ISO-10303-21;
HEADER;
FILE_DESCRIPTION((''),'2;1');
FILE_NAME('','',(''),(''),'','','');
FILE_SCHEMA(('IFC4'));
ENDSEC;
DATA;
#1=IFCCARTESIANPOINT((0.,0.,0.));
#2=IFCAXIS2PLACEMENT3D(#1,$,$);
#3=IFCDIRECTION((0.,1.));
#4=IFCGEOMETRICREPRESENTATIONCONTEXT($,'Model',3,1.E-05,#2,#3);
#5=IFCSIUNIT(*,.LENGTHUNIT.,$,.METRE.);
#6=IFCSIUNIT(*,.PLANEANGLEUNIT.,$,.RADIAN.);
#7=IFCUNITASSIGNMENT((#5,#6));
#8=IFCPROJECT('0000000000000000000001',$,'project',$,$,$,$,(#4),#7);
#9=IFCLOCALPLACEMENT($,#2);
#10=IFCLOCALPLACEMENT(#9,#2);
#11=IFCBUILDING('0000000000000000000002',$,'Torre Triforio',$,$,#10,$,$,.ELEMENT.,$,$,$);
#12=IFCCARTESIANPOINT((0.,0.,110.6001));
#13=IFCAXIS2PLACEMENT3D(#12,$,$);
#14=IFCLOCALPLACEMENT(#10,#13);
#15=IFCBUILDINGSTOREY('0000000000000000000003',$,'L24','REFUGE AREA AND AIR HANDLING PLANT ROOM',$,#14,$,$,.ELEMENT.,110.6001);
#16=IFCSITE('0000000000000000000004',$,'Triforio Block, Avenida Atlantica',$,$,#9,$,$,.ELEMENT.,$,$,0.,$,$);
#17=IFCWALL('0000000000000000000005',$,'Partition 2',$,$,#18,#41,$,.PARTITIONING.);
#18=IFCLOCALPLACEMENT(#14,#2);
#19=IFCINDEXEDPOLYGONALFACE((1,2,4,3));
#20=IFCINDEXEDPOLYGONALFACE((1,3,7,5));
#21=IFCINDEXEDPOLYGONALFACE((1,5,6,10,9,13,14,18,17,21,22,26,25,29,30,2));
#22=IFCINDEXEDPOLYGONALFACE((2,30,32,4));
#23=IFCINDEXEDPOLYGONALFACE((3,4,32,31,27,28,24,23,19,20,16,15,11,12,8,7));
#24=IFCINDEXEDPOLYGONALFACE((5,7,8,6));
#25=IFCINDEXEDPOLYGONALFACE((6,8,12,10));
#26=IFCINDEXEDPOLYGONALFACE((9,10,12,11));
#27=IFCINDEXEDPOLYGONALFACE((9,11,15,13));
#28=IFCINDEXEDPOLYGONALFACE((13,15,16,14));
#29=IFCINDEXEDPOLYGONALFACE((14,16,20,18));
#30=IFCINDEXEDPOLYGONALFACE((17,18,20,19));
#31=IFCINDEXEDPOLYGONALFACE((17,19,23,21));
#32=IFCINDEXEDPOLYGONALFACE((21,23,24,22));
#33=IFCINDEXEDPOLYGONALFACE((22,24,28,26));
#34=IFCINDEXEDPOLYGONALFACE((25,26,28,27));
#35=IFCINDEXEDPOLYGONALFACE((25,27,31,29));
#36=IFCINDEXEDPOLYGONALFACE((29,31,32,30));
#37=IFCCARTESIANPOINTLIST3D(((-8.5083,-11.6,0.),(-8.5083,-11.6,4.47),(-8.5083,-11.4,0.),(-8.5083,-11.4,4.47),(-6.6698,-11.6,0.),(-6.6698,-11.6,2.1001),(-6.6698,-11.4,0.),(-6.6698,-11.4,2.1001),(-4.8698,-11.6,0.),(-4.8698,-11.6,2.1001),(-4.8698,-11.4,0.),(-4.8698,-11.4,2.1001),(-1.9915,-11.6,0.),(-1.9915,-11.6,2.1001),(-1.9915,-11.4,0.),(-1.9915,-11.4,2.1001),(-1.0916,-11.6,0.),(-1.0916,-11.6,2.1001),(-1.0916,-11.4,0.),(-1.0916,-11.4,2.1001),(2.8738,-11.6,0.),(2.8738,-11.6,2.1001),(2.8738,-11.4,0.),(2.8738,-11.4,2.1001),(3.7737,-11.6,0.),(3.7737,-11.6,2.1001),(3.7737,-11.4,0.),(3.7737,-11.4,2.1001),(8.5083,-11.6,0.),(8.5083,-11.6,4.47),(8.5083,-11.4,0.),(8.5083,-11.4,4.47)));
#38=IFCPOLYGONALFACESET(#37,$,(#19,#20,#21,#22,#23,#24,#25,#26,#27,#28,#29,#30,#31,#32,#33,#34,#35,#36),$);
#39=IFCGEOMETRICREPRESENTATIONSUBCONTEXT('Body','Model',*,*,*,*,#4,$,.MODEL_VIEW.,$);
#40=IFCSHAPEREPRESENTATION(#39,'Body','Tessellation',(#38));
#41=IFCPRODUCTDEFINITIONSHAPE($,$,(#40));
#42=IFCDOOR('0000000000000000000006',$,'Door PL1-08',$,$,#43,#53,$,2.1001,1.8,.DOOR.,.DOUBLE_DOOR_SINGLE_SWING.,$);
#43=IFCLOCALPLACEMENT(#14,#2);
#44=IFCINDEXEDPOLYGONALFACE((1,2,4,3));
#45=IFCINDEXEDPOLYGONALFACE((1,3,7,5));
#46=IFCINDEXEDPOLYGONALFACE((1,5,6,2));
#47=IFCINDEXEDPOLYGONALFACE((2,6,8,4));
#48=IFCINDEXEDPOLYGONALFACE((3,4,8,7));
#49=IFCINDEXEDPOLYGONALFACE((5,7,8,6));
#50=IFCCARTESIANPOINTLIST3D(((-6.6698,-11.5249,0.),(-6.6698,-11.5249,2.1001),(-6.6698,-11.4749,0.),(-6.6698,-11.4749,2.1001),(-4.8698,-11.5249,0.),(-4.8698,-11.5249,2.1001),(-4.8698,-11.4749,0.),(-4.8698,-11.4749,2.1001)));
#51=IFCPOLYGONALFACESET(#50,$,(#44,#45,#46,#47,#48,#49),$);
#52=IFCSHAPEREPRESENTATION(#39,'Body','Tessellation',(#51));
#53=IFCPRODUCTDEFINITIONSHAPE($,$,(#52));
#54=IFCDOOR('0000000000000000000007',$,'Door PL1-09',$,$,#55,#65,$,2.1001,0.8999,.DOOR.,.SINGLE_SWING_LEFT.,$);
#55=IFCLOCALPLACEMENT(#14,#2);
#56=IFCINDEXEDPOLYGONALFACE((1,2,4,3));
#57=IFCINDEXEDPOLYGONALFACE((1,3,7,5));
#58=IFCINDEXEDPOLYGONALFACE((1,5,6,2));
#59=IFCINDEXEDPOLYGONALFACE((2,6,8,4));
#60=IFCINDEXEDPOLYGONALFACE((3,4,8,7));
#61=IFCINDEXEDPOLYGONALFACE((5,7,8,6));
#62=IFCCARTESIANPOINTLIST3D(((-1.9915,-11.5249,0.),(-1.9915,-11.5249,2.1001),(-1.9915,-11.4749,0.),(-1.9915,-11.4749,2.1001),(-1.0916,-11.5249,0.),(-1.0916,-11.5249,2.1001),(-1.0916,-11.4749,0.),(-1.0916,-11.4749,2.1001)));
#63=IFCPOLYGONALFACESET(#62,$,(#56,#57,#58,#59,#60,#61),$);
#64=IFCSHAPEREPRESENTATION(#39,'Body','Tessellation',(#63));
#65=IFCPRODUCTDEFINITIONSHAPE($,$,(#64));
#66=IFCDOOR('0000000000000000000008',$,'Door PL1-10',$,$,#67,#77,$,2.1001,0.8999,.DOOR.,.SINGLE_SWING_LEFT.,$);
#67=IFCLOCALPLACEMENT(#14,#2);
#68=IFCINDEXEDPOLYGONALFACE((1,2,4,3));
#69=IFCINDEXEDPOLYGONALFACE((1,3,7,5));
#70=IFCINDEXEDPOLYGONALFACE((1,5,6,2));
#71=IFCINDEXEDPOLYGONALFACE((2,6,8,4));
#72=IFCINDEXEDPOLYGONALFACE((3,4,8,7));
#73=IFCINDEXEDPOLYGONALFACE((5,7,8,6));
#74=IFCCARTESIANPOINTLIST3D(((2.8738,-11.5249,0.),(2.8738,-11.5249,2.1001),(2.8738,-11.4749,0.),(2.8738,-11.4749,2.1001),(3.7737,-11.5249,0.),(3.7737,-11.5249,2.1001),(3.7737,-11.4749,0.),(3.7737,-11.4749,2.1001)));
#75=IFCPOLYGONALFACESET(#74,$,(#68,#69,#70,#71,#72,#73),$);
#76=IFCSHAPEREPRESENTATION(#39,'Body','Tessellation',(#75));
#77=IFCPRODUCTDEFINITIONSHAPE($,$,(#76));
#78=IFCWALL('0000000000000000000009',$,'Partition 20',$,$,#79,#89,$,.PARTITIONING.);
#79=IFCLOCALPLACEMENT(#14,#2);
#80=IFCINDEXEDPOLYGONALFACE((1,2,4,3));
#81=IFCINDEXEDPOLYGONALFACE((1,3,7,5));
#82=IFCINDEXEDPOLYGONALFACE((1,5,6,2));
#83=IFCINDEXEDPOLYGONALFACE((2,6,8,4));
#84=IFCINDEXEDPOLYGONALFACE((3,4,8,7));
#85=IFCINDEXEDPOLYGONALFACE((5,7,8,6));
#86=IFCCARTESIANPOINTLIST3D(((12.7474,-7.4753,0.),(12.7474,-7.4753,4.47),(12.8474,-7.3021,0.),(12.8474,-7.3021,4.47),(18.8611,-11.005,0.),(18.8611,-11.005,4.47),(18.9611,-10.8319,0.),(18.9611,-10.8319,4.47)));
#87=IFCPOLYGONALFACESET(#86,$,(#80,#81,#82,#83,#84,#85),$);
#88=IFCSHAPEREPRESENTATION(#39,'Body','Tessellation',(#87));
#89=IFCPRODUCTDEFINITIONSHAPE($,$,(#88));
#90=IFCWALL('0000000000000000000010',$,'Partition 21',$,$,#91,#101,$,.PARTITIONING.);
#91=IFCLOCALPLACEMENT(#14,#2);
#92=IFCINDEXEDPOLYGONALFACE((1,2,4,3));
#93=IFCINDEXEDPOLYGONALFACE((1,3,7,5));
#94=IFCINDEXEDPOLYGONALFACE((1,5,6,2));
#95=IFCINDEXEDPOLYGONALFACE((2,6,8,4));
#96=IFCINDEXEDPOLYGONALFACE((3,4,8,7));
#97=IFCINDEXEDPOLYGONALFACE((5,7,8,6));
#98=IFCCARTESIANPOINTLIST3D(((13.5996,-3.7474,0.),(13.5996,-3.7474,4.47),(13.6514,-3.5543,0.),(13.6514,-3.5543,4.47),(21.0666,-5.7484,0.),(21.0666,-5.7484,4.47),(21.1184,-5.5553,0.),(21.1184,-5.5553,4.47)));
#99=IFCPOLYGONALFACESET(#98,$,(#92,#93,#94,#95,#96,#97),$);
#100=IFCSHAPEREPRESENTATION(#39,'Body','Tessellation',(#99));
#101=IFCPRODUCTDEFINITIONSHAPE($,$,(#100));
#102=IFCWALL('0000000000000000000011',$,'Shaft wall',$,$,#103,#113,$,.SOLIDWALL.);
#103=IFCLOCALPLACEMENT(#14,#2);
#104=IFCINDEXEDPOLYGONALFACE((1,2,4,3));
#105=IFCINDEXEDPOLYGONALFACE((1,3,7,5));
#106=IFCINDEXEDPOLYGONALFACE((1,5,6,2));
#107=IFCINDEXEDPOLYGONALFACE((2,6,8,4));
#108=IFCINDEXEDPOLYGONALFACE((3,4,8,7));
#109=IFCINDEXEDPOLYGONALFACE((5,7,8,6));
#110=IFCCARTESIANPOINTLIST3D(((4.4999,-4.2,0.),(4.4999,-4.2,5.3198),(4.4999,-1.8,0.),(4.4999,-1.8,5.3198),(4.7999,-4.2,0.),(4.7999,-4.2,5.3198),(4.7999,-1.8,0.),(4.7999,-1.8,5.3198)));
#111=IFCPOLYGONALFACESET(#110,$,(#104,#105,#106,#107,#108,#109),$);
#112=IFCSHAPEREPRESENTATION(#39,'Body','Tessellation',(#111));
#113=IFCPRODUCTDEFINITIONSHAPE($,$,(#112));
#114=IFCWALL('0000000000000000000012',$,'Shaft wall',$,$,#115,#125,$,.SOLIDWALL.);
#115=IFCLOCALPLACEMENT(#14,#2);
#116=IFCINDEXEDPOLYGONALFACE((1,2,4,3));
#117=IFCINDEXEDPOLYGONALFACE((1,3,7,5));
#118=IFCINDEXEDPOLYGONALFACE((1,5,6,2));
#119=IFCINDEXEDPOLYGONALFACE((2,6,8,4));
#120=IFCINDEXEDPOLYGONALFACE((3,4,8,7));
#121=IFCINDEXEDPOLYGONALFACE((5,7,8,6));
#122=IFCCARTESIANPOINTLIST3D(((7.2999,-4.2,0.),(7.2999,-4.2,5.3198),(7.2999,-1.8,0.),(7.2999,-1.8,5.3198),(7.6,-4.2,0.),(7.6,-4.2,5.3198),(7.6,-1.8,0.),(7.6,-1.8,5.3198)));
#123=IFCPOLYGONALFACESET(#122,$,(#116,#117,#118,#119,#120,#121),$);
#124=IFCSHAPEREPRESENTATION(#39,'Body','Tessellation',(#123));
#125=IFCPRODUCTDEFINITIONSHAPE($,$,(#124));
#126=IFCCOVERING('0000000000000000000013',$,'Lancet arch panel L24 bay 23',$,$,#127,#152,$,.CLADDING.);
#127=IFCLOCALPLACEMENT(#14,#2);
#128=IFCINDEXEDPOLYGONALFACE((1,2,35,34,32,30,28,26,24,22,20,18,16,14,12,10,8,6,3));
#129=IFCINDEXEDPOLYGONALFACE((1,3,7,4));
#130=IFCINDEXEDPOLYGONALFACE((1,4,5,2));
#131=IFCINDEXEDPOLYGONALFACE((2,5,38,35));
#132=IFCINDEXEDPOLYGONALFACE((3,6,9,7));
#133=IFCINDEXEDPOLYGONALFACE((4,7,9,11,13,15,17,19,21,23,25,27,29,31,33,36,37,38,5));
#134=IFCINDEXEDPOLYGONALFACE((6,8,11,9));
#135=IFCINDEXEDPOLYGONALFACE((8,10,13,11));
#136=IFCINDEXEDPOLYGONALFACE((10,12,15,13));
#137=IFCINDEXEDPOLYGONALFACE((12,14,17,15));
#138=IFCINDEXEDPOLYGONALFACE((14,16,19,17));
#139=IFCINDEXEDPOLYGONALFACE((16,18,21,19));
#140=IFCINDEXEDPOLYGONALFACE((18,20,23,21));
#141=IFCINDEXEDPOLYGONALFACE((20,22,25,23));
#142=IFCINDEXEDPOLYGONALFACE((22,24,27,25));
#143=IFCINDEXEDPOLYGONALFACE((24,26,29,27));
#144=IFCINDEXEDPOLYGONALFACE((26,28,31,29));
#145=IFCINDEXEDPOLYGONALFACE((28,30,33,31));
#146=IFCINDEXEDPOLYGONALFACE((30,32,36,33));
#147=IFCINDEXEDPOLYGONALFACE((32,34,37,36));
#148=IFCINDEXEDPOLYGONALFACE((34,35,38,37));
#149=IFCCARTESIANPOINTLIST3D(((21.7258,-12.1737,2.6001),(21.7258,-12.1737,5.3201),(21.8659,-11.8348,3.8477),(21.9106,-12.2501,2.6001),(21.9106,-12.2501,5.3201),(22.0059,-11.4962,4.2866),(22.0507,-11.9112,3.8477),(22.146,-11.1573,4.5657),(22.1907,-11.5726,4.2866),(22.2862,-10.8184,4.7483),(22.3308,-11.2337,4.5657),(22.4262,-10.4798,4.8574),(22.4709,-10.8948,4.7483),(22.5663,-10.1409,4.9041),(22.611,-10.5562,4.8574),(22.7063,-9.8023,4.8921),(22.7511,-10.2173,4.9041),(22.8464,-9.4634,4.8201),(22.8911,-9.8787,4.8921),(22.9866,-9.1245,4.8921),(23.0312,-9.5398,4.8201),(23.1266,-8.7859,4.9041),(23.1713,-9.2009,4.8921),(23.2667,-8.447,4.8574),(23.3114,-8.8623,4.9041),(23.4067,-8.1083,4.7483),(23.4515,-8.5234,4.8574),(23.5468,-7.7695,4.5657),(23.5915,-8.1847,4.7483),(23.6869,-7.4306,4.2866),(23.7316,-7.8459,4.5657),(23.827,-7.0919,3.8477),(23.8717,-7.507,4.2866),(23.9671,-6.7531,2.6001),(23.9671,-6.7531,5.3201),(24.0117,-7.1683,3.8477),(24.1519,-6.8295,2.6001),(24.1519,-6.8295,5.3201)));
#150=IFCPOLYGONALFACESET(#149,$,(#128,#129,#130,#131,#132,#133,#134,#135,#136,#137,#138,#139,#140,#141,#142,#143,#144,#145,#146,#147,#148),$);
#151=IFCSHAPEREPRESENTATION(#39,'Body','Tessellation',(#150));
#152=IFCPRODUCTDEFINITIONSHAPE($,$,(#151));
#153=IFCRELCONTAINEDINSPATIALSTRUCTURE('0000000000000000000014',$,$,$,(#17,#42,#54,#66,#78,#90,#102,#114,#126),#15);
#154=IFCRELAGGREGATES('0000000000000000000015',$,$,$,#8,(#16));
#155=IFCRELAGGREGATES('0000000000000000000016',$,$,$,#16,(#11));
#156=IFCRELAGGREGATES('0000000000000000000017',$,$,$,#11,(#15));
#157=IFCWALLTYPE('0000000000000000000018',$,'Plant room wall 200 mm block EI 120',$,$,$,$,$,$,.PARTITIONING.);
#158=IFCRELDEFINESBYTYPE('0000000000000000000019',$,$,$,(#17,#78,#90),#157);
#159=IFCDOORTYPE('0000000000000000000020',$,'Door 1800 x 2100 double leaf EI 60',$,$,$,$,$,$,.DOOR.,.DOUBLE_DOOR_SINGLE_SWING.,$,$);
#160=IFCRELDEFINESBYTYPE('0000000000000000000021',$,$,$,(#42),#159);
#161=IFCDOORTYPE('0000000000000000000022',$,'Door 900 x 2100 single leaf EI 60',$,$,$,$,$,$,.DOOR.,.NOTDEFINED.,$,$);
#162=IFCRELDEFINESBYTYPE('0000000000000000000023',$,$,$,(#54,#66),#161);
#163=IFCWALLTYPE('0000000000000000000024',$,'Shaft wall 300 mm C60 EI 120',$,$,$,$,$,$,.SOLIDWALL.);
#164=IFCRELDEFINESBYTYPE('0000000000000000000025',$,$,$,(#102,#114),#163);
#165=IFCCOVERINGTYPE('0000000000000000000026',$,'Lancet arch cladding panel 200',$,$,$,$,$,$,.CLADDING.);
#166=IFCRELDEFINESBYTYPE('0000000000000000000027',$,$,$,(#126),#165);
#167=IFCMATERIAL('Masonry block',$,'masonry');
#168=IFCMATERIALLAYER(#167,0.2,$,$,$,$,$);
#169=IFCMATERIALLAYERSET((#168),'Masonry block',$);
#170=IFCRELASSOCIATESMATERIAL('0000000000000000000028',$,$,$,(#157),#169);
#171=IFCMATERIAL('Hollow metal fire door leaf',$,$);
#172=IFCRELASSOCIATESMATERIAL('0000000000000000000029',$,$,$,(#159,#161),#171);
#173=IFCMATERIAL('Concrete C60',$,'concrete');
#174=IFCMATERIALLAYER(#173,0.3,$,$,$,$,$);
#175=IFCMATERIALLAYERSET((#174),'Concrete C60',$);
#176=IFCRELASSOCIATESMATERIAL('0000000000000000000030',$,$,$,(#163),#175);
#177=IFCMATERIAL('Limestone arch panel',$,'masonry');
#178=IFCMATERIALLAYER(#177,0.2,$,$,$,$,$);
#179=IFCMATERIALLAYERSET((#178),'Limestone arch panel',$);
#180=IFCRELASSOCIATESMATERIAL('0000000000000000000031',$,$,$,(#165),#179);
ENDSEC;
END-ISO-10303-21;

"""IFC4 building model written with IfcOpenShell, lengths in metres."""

from ifc_helpers import new_model, si_unit, direction, frame, frame_2d, origin, place, context, subcontext, project, spatial, polyline, rectangle, outline, extrude, material, layer, layer_set, type_object, element, fill, save


model = new_model("IFC4")

# Units and contexts
model_context = context("Model", 3, precision=1e-05, world=origin(), true_north=direction((0.0, 1.0)))
body_context = subcontext(model_context, "Body", "Model", "MODEL_VIEW")
ifc_project = project(units=[si_unit("LENGTHUNIT", "METRE"), si_unit("PLANEANGLEUNIT", "RADIAN")], contexts=[model_context])

# Site, building, storey
site_placement = place(None, origin())
site = spatial("IfcSite", under=ifc_project, at=site_placement, Name="Triforio Block, Avenida Atlantica", CompositionType="ELEMENT", RefElevation=0.0)
building_placement = place(site_placement, origin())
building = spatial("IfcBuilding", under=site, at=building_placement, Name="Torre Triforio", CompositionType="ELEMENT")
storey_placement = place(building_placement, frame((0.0, 0.0, 110.6001)))
storey = spatial("IfcBuildingStorey", under=building, at=storey_placement, Name="L24", Description="REFUGE AREA AND AIR HANDLING PLANT ROOM", CompositionType="ELEMENT", Elevation=110.6001)

# Shared definitions
ifc_material_1 = material(Name="Concrete C60", Category="concrete")

# Shared definitions
ifc_material_2 = material(Name="Hollow metal fire door leaf")

# Shared definitions
ifc_material_3 = material(Name="Masonry block", Category="masonry")
ifc_layer_1 = layer(ifc_material_3, 0.2)
ifc_layer_set_1 = layer_set([ifc_layer_1], Name="Masonry block")
wall_type_1 = type_object("IfcWallType", Name="Plant room wall 200 mm block EI 120", PredefinedType="PARTITIONING", material=ifc_layer_set_1)
door_type_1 = type_object("IfcDoorType", Name="Door 1800 x 2100 double leaf EI 60", OperationType="DOUBLE_DOOR_SINGLE_SWING", PredefinedType="DOOR", material=ifc_material_2)

# Wall, openings, doors
wall_1_placement = place(storey_placement, frame((8.5083, -11.5, 0.0), z_axis=(0.0, 0.0, 1.0), x_axis=(-1.0, 0.0, 0.0)))
wall_1 = element("IfcWall", 1, at=wall_1_placement, inside=storey, type_object=wall_type_1, Name="Partition 2", PredefinedType="PARTITIONING", context=body_context, shape_type="SweptSolid", body=[
    extrude(rectangle(XDim=17.0166, YDim=0.2, at=frame_2d((8.5083, 0.0))), origin(), (0.0, 0.0, 1.0), 4.47),
])
opening_1_placement = place(wall_1_placement, frame((13.3782, 0.0, 0.0)))
opening_1 = element("IfcOpeningElement", 2, at=opening_1_placement, cuts=wall_1, PredefinedType="OPENING", context=body_context, shape_type="SweptSolid", body=[
    extrude(rectangle(XDim=1.8, YDim=2.1001, at=frame_2d((0.8999, 1.05))), frame((0.0, 0.1099, 0.0), z_axis=(0.0, -1.0, 0.0), x_axis=(1.0, 0.0, 0.0)), (0.0, 0.0, 1.0), 0.22),
])
opening_2_placement = place(wall_1_placement, frame((9.5999, 0.0, 0.0)))
opening_2 = element("IfcOpeningElement", 3, at=opening_2_placement, cuts=wall_1, PredefinedType="OPENING", context=body_context, shape_type="SweptSolid", body=[
    extrude(rectangle(XDim=0.8999, YDim=2.1001, at=frame_2d((0.45, 1.05))), frame((0.0, 0.1099, 0.0), z_axis=(0.0, -1.0, 0.0), x_axis=(1.0, 0.0, 0.0)), (0.0, 0.0, 1.0), 0.22),
])
opening_3_placement = place(wall_1_placement, frame((4.7346, 0.0, 0.0)))
opening_3 = element("IfcOpeningElement", 4, at=opening_3_placement, cuts=wall_1, PredefinedType="OPENING", context=body_context, shape_type="SweptSolid", body=[
    extrude(rectangle(XDim=0.8999, YDim=2.1001, at=frame_2d((0.45, 1.05))), frame((0.0, 0.1099, 0.0), z_axis=(0.0, -1.0, 0.0), x_axis=(1.0, 0.0, 0.0)), (0.0, 0.0, 1.0), 0.22),
])
door_1_placement = place(opening_1_placement, origin())
door_1 = element("IfcDoor", 5, at=door_1_placement, inside=storey, type_object=door_type_1, Name="Door PL1-08", OperationType="DOUBLE_DOOR_SINGLE_SWING", OverallHeight=2.1001, OverallWidth=1.8, PredefinedType="DOOR", context=body_context, shape_type="SweptSolid", body=[
    extrude(rectangle(XDim=1.8, YDim=2.1001, at=frame_2d((0.8999, 1.05))), frame((0.0, 0.0249, 0.0), z_axis=(0.0, -1.0, 0.0), x_axis=(1.0, 0.0, 0.0)), (0.0, 0.0, 1.0), 0.05),
])
fill(opening_1, door_1)
door_type_2 = type_object("IfcDoorType", Name="Door 900 x 2100 single leaf EI 60", OperationType="NOTDEFINED", PredefinedType="DOOR", material=ifc_material_2)
door_2_placement = place(opening_2_placement, origin())
door_2 = element("IfcDoor", 6, at=door_2_placement, inside=storey, type_object=door_type_2, Name="Door PL1-09", OperationType="SINGLE_SWING_LEFT", OverallHeight=2.1001, OverallWidth=0.8999, PredefinedType="DOOR", context=body_context, shape_type="SweptSolid", body=[
    extrude(rectangle(XDim=0.8999, YDim=2.1001, at=frame_2d((0.45, 1.05))), frame((0.0, 0.0249, 0.0), z_axis=(0.0, -1.0, 0.0), x_axis=(1.0, 0.0, 0.0)), (0.0, 0.0, 1.0), 0.05),
])
fill(opening_2, door_2)
door_3_placement = place(opening_3_placement, origin())
door_3 = element("IfcDoor", 7, at=door_3_placement, inside=storey, type_object=door_type_2, Name="Door PL1-10", OperationType="SINGLE_SWING_LEFT", OverallHeight=2.1001, OverallWidth=0.8999, PredefinedType="DOOR", context=body_context, shape_type="SweptSolid", body=[
    extrude(rectangle(XDim=0.8999, YDim=2.1001, at=frame_2d((0.45, 1.05))), frame((0.0, 0.0249, 0.0), z_axis=(0.0, -1.0, 0.0), x_axis=(1.0, 0.0, 0.0)), (0.0, 0.0, 1.0), 0.05),
])
fill(opening_3, door_3)

# Walls
wall_2_placement = place(storey_placement, frame((12.7974, -7.3887, 0.0), z_axis=(0.0, 0.0, 1.0), x_axis=(0.866025, -0.5, 0.0)))
element("IfcWall", 8, at=wall_2_placement, inside=storey, type_object=wall_type_1, Name="Partition 20", PredefinedType="PARTITIONING", context=body_context, shape_type="SweptSolid", body=[
    extrude(rectangle(XDim=7.0596, YDim=0.2, at=frame_2d((3.5298, 0.0))), origin(), (0.0, 0.0, 1.0), 4.47),
])
wall_3_placement = place(storey_placement, frame((13.6255, -3.6509, 0.0), z_axis=(0.0, 0.0, 1.0), x_axis=(0.96592, -0.258842, 0.0)))
element("IfcWall", 9, at=wall_3_placement, inside=storey, type_object=wall_type_1, Name="Partition 21", PredefinedType="PARTITIONING", context=body_context, shape_type="SweptSolid", body=[
    extrude(rectangle(XDim=7.7305, YDim=0.2, at=frame_2d((3.8652, 0.0))), origin(), (0.0, 0.0, 1.0), 4.47),
])
ifc_layer_2 = layer(ifc_material_1, 0.3)
ifc_layer_set_2 = layer_set([ifc_layer_2], Name="Concrete C60")
wall_type_2 = type_object("IfcWallType", Name="Shaft wall 300 mm C60 EI 120", PredefinedType="SOLIDWALL", material=ifc_layer_set_2)
for number, where, z_axis, x_axis, name in (
    (10, (4.6499, -4.2, 0.0), (0.0, 0.0, 1.0), (0.0, 1.0, 0.0), "Shaft wall"),
    (11, (7.45, -4.2, 0.0), (0.0, 0.0, 1.0), (0.0, 1.0, 0.0), "Shaft wall"),
):
    element("IfcWall", number, at=place(storey_placement, frame(where, z_axis=z_axis, x_axis=x_axis)), inside=storey, type_object=wall_type_2, Name=name, PredefinedType="SOLIDWALL", context=body_context, shape_type="SweptSolid", body=[
        extrude(rectangle(XDim=2.3999, YDim=0.3, at=frame_2d((1.2, 0.0))), origin(), (0.0, 0.0, 1.0), 5.3198),
    ])

# Covering
ifc_material_4 = material(Name="Limestone arch panel", Category="masonry")
ifc_layer_3 = layer(ifc_material_4, 0.2)
ifc_layer_set_3 = layer_set([ifc_layer_3], Name="Limestone arch panel")
covering_type_1 = type_object("IfcCoveringType", Name="Lancet arch cladding panel 200", PredefinedType="CLADDING", material=ifc_layer_set_3)
covering_1_placement = place(storey_placement, frame((22.8464, -9.4634, 0.0), z_axis=(0.924121, -0.3821, 0.0), x_axis=(0.3821, 0.924121, 0.0)))
element("IfcCovering", 12, at=covering_1_placement, inside=storey, type_object=covering_type_1, Name="Lancet arch panel L24 bay 23", PredefinedType="CLADDING", context=body_context, shape_type="SweptSolid", body=[
    extrude(outline(polyline([(-2.9329, 5.3201), (-2.9329, 2.6001), (-2.5662, 3.8477), (-2.1997, 4.2866), (-1.833, 4.5657), (-1.4663, 4.7483), (-1.0999, 4.8574), (-0.7332, 4.9041), (-0.3667, 4.8921), (0.0, 4.8201), (0.3667, 4.8921), (0.7332, 4.9041), (1.0999, 4.8574), (1.4663, 4.7483), (1.833, 4.5657), (2.1997, 4.2866), (2.5662, 3.8477), (2.9329, 2.6001), (2.9329, 5.3201), (-2.9329, 5.3201)])), origin(), (0.0, 0.0, 1.0), 0.2),
])

save(model, "model.ifc")
